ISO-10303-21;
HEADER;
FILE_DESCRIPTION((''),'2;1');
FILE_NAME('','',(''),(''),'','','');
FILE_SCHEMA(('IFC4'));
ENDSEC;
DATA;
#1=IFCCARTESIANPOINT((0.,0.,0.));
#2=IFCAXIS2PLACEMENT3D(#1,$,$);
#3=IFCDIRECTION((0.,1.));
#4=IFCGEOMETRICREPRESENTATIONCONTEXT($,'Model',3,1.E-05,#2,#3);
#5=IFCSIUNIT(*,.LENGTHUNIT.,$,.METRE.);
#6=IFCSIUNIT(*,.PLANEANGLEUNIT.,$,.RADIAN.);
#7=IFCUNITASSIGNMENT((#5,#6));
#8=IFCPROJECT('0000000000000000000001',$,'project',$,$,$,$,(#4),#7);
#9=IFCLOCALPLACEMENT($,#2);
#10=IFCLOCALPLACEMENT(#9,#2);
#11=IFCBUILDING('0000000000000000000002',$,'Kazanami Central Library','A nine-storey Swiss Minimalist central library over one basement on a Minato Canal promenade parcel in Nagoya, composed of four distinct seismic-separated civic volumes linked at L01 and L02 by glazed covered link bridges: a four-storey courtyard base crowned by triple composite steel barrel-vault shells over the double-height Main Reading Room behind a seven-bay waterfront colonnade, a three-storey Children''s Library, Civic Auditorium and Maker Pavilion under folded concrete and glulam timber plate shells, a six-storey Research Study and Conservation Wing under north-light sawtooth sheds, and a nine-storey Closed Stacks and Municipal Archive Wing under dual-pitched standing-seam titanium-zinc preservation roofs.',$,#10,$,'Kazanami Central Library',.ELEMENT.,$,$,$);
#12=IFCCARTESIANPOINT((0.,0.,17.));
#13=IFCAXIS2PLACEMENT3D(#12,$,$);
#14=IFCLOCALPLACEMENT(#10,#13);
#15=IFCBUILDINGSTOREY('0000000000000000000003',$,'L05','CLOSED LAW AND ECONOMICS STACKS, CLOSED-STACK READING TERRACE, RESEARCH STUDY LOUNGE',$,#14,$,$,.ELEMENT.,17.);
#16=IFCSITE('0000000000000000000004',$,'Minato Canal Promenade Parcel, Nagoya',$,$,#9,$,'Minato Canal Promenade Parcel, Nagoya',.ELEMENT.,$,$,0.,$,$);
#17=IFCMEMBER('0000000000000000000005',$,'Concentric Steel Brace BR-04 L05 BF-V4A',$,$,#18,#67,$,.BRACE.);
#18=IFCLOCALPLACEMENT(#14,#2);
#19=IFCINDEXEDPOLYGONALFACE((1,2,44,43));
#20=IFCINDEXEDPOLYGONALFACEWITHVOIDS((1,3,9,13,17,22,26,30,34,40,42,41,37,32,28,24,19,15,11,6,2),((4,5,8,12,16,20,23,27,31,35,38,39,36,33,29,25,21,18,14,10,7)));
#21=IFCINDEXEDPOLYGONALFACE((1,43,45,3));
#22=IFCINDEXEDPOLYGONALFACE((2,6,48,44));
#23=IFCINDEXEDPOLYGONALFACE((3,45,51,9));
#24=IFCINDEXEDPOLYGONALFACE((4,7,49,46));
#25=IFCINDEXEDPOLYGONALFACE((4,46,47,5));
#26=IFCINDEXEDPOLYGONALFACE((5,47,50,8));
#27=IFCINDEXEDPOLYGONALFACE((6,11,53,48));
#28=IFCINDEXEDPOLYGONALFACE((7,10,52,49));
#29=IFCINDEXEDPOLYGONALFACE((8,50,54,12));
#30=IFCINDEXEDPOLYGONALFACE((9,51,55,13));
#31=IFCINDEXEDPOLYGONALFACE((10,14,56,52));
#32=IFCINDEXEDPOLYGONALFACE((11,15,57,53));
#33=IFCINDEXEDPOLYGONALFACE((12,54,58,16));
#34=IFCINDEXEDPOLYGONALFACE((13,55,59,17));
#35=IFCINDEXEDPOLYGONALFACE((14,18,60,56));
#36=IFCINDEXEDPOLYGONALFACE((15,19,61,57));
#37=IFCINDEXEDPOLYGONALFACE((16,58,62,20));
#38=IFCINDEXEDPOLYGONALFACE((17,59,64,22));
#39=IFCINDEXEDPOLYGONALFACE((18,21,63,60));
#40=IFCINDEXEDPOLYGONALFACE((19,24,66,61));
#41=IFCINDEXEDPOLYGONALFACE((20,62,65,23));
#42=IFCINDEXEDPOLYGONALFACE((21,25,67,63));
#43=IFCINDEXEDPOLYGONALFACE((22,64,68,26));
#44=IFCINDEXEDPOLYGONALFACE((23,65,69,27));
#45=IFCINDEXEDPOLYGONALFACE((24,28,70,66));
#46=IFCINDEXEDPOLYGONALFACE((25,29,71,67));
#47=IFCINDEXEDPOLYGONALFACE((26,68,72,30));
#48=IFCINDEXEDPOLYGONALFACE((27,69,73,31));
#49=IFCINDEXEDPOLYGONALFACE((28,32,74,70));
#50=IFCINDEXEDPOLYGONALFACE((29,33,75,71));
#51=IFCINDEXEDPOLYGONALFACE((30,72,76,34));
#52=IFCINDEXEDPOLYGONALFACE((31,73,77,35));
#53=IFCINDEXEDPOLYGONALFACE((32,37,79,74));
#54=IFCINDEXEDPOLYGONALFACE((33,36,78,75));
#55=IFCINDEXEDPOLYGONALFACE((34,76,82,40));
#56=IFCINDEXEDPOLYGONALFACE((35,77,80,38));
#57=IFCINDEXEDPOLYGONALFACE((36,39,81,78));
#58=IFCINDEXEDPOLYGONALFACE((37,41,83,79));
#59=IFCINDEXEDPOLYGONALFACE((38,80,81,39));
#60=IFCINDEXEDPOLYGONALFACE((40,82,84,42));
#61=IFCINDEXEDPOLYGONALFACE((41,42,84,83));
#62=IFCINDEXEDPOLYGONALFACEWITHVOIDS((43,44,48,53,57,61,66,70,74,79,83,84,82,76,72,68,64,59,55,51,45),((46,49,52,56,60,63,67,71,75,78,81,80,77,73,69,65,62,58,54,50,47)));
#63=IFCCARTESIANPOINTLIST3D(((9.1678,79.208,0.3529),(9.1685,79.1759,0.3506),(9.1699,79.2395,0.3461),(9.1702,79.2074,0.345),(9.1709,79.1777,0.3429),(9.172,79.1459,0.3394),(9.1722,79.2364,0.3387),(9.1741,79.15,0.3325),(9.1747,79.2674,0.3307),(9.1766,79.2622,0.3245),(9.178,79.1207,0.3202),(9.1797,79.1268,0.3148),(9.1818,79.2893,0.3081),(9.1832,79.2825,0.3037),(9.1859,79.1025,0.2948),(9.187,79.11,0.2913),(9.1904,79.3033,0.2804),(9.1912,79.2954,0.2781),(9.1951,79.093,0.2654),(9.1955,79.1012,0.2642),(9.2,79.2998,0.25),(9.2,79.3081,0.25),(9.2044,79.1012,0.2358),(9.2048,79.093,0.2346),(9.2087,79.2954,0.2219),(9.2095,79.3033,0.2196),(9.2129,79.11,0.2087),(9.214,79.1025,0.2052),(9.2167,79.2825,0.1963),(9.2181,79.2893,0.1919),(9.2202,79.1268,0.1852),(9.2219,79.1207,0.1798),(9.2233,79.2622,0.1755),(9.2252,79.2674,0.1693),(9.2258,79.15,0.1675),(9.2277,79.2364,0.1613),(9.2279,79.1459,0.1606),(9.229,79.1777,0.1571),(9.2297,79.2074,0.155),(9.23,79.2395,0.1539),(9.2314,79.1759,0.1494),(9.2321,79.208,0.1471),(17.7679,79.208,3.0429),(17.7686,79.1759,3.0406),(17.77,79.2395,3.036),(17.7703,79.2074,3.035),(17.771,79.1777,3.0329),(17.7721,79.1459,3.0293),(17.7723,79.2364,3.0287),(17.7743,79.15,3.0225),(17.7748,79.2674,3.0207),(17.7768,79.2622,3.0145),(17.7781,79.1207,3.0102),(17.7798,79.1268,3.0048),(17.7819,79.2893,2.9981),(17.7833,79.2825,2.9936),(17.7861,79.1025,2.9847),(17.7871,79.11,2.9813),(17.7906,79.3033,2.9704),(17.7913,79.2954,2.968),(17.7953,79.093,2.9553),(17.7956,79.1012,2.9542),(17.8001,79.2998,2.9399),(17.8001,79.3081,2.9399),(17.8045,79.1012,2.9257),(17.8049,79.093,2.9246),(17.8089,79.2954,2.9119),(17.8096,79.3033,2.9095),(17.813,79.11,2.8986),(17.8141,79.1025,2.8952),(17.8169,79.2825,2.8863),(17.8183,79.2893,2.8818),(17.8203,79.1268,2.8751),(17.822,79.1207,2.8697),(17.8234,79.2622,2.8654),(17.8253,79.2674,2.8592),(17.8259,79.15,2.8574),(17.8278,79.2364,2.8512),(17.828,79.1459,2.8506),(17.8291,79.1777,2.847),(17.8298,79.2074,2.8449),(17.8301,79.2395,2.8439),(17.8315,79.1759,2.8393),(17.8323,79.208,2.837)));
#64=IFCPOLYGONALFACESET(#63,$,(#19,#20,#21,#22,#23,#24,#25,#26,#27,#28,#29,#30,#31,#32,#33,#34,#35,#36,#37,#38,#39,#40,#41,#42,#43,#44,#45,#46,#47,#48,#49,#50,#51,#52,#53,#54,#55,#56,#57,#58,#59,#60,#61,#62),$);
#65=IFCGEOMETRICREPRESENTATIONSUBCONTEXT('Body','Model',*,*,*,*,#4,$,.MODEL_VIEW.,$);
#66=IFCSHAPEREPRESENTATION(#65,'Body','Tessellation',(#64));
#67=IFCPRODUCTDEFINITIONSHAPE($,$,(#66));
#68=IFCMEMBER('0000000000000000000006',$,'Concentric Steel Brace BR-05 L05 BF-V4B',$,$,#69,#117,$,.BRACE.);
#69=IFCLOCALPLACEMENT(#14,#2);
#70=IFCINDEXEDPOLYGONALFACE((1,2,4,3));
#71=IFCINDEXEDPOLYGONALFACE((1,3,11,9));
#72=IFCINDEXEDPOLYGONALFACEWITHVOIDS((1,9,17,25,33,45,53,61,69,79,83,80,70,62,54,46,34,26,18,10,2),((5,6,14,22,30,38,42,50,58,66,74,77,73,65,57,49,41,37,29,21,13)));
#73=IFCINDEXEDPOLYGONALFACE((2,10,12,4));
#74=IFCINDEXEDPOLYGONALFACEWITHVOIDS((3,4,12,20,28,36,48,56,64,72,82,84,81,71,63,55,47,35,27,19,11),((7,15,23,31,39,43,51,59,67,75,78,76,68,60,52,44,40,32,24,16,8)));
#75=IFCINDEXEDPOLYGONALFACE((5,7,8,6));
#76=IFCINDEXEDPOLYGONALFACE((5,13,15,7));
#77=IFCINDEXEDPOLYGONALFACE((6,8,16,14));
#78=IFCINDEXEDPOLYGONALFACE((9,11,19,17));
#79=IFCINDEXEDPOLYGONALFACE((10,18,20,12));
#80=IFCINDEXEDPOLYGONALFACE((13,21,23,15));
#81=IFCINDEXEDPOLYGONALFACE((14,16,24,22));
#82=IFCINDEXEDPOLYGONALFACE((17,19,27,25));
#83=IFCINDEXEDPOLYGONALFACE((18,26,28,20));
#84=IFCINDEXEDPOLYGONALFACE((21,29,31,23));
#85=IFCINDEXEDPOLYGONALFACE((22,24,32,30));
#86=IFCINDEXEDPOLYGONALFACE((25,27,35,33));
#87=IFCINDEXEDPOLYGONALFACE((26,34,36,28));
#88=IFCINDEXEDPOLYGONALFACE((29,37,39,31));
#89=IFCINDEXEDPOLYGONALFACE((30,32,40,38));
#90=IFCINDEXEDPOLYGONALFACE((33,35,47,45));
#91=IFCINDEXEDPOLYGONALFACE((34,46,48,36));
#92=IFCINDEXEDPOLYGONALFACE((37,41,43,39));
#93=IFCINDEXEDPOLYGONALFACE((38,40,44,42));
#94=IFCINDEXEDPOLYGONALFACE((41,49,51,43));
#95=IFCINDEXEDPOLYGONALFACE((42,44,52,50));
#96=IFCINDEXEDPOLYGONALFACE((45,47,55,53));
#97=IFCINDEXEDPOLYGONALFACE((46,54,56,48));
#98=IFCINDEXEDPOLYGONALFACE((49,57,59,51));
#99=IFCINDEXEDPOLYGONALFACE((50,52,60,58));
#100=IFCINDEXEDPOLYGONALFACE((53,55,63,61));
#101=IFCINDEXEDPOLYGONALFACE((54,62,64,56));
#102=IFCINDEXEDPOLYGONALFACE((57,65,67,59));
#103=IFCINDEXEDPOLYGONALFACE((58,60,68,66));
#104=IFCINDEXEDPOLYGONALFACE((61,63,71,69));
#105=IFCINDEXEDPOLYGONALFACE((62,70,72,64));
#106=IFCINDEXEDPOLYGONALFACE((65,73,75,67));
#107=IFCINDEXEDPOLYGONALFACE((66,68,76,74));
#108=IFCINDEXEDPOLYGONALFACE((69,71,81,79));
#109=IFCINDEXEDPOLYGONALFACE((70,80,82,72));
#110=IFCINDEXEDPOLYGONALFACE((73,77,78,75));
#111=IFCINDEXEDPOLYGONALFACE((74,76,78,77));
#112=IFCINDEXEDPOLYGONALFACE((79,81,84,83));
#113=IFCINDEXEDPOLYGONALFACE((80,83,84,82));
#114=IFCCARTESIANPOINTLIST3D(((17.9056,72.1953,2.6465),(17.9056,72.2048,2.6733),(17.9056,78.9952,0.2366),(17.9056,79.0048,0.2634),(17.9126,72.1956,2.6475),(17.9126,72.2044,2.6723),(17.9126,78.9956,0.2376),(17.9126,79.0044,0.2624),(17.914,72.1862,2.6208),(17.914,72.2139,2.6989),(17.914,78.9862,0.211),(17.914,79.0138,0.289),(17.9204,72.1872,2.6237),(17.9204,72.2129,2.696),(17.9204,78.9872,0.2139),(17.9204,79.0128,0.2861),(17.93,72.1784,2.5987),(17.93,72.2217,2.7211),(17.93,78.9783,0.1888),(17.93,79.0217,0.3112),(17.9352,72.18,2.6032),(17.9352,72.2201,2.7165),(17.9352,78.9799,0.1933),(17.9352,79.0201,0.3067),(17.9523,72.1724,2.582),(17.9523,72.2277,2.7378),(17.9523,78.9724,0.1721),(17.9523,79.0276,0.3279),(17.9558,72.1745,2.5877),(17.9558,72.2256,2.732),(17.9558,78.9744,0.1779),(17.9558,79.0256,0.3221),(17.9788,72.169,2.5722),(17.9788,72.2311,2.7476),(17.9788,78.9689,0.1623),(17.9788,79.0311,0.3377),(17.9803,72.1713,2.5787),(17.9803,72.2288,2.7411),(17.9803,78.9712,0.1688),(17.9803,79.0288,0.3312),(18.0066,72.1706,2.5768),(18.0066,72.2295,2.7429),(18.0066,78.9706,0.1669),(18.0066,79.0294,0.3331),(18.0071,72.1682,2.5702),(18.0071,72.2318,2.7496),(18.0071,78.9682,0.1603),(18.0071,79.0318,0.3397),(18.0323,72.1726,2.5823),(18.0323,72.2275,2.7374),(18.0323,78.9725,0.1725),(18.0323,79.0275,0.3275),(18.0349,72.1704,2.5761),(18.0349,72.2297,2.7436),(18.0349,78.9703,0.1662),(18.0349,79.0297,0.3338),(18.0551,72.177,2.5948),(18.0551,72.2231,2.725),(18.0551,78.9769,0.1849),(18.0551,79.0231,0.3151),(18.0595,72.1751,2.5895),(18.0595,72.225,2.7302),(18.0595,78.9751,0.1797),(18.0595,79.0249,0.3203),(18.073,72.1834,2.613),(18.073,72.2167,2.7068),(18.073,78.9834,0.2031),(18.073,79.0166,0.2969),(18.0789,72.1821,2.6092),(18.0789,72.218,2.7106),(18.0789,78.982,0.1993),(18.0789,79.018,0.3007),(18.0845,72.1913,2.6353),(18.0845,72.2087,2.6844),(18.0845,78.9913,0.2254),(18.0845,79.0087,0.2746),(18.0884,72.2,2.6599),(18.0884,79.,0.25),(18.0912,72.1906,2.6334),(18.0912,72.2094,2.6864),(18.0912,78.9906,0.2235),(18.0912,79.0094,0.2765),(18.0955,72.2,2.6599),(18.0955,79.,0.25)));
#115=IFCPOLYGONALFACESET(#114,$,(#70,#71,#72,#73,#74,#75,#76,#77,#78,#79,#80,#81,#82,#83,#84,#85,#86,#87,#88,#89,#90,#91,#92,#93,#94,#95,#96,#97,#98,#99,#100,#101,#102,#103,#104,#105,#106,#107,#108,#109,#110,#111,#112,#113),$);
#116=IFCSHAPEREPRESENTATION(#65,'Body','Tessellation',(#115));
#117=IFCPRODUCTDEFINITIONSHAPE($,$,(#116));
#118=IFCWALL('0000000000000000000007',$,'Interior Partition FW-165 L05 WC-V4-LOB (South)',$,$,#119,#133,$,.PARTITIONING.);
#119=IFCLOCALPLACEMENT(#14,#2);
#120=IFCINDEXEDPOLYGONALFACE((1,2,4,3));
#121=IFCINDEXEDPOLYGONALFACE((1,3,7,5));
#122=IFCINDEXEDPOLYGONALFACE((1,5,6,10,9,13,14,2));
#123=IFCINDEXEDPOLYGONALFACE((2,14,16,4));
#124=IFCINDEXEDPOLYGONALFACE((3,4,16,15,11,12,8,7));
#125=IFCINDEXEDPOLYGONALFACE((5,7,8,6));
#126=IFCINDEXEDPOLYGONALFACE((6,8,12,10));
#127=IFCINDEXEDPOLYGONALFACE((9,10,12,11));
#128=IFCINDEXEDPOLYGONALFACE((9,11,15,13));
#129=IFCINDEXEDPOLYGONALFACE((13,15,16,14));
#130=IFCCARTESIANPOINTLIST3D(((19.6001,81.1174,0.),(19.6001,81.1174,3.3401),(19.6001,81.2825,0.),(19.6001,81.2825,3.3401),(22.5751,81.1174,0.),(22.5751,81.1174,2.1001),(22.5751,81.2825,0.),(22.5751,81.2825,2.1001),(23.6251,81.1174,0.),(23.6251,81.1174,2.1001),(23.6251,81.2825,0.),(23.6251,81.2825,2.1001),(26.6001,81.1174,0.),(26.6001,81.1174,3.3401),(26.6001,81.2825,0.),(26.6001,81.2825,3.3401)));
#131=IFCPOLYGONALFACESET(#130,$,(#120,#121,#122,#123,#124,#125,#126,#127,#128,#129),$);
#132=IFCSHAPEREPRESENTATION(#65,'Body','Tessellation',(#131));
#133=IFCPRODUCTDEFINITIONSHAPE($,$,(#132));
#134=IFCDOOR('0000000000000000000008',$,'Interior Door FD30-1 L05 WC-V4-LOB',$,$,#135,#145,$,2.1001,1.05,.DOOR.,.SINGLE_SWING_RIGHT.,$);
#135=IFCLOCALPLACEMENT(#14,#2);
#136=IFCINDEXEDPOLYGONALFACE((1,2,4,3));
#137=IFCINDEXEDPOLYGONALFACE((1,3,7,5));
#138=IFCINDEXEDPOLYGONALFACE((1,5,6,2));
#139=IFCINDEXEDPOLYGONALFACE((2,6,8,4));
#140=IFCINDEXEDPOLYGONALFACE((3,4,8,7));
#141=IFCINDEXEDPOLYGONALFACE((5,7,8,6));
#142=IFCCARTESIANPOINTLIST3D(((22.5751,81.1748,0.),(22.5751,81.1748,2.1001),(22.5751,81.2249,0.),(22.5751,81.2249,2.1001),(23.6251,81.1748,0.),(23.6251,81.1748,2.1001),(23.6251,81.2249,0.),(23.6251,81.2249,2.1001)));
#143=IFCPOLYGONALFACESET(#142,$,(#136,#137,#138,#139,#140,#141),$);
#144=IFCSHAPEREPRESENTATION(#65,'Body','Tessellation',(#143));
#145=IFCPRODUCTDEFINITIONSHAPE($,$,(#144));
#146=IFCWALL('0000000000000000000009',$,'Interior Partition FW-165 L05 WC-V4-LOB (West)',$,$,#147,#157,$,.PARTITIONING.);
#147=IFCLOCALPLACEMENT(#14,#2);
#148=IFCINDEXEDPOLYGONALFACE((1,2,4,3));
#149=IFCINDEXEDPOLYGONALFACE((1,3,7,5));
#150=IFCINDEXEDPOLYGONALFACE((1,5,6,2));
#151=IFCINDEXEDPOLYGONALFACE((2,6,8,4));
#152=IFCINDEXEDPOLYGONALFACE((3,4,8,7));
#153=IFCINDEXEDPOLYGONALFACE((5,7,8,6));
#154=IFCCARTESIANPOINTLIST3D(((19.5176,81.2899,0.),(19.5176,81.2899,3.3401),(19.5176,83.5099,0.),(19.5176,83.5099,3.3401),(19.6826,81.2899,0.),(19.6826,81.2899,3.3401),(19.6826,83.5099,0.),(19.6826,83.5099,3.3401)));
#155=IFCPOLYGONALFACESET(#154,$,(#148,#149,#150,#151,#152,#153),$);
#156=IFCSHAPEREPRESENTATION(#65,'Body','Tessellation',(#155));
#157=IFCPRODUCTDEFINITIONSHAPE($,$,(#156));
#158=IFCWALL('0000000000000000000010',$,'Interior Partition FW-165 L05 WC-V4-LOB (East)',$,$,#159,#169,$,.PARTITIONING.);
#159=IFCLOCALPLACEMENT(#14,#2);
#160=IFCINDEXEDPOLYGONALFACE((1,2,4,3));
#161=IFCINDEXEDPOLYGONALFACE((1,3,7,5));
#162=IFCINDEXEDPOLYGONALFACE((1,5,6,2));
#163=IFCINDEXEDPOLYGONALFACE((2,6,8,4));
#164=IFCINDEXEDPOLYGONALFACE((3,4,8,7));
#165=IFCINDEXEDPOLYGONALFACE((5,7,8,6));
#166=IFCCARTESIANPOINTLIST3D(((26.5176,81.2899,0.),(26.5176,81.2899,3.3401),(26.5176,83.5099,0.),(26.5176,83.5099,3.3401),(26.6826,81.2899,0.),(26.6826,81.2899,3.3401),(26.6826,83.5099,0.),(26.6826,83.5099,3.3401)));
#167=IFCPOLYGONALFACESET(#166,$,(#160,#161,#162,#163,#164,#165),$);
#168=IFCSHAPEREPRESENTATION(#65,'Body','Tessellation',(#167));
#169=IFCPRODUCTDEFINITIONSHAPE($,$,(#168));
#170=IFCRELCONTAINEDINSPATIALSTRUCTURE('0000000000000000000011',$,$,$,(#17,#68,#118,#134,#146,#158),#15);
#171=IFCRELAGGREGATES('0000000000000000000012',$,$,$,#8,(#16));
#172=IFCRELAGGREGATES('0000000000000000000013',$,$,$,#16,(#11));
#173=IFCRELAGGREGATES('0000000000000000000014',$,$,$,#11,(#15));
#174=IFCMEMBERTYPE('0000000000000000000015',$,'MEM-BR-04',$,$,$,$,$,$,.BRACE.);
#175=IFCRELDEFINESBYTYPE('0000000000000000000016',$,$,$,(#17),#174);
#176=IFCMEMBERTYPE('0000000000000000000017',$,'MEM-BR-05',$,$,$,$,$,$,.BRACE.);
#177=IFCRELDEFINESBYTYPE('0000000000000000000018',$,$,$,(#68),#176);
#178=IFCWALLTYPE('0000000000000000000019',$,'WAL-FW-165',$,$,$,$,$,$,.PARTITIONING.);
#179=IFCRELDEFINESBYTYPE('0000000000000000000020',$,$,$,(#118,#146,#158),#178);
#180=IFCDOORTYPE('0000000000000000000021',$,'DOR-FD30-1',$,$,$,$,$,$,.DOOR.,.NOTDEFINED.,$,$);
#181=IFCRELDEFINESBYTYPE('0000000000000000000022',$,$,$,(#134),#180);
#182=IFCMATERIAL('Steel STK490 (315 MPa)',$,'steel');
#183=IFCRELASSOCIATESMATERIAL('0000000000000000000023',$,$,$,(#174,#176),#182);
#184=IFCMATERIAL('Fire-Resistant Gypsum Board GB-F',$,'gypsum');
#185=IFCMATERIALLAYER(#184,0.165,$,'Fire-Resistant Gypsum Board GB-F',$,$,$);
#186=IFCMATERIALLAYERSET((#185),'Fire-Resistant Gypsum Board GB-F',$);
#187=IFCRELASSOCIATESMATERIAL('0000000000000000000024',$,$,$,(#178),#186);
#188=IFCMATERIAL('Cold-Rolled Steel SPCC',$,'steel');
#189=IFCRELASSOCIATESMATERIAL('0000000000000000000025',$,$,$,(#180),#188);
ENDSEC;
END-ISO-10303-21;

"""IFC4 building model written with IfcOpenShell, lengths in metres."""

from ifc_helpers import new_model, si_unit, direction, frame, frame_2d, origin, origin_2d, place, context, subcontext, project, spatial, rectangle, hollow_circle, extrude, material, layer, layer_set, material_profile, profile_set, type_object, element, fill, save


model = new_model("IFC4")

# Units and contexts
model_context = context("Model", 3, precision=1e-05, world=origin(), true_north=direction((0.0, 1.0)))
body_context = subcontext(model_context, "Body", "Model", "MODEL_VIEW")
ifc_project = project(units=[si_unit("LENGTHUNIT", "METRE"), si_unit("PLANEANGLEUNIT", "RADIAN")], contexts=[model_context])

# Site, building, storey
site_placement = place(None, origin())
site = spatial("IfcSite", under=ifc_project, at=site_placement, Name="Minato Canal Promenade Parcel, Nagoya", LongName="Minato Canal Promenade Parcel, Nagoya", CompositionType="ELEMENT", RefElevation=0.0)
building_placement = place(site_placement, origin())
building = spatial("IfcBuilding", under=site, at=building_placement, Name="Kazanami Central Library", Description="A nine-storey Swiss Minimalist central library over one basement on a Minato Canal promenade parcel in Nagoya, composed of four distinct seismic-separated civic volumes linked at L01 and L02 by glazed covered link bridges: a four-storey courtyard base crowned by triple composite steel barrel-vault shells over the double-height Main Reading Room behind a seven-bay waterfront colonnade, a three-storey Children's Library, Civic Auditorium and Maker Pavilion under folded concrete and glulam timber plate shells, a six-storey Research Study and Conservation Wing under north-light sawtooth sheds, and a nine-storey Closed Stacks and Municipal Archive Wing under dual-pitched standing-seam titanium-zinc preservation roofs.", LongName="Kazanami Central Library", CompositionType="ELEMENT")
storey_placement = place(building_placement, frame((0.0, 0.0, 17.0)))
storey = spatial("IfcBuildingStorey", under=building, at=storey_placement, Name="L05", Description="CLOSED LAW AND ECONOMICS STACKS, CLOSED-STACK READING TERRACE, RESEARCH STUDY LOUNGE", CompositionType="ELEMENT", Elevation=17.0)

# Members
ifc_material_1 = material(Name="Steel STK490 (315 MPa)", Category="steel")
ifc_material_profile_1 = material_profile(ifc_material_1, hollow_circle(Radius=0.1082, WallThickness=0.0083, at=origin_2d()), Name="CHS-216.3x8.2")
ifc_profile_set_1 = profile_set([ifc_material_profile_1], Name="Steel STK490 (315 MPa)")
member_type_1 = type_object("IfcMemberType", Name="MEM-BR-04", PredefinedType="BRACE", material=ifc_profile_set_1)
member_1_placement = place(storey_placement, frame((9.2, 79.2, 0.25), z_axis=(0.954404, 0.0, 0.298519), x_axis=(0.0, 1.0, 0.0)))
element("IfcMember", 1, at=member_1_placement, inside=storey, type_object=member_type_1, Name="Concentric Steel Brace BR-04 L05 BF-V4A", PredefinedType="BRACE", context=body_context, shape_type="SweptSolid", body=[
    extrude(hollow_circle(Radius=0.1082, WallThickness=0.0083, at=origin_2d()), origin(), (0.0, 0.0, 1.0), 9.011),
])
ifc_material_profile_2 = material_profile(ifc_material_1, hollow_circle(Radius=0.0955, WallThickness=0.0071, at=origin_2d()), Name="CHS-190.7x7.0")
ifc_profile_set_2 = profile_set([ifc_material_profile_2], Name="Steel STK490 (315 MPa)")
member_type_2 = type_object("IfcMemberType", Name="MEM-BR-05", PredefinedType="BRACE", material=ifc_profile_set_2)
member_2_placement = place(storey_placement, frame((18.0, 79.0, 0.25), z_axis=(0.0, -0.942559, 0.334039), x_axis=(1.0, 0.0, 0.0)))
element("IfcMember", 2, at=member_2_placement, inside=storey, type_object=member_type_2, Name="Concentric Steel Brace BR-05 L05 BF-V4B", PredefinedType="BRACE", context=body_context, shape_type="SweptSolid", body=[
    extrude(hollow_circle(Radius=0.0955, WallThickness=0.0071, at=origin_2d()), origin(), (0.0, 0.0, 1.0), 7.2144),
])

# Wall, opening, door
ifc_material_2 = material(Name="Fire-Resistant Gypsum Board GB-F", Category="gypsum")
ifc_layer_1 = layer(ifc_material_2, 0.165, Name="Fire-Resistant Gypsum Board GB-F")
ifc_layer_set_1 = layer_set([ifc_layer_1], Name="Fire-Resistant Gypsum Board GB-F")
wall_type_1 = type_object("IfcWallType", Name="WAL-FW-165", PredefinedType="PARTITIONING", material=ifc_layer_set_1)
wall_1_placement = place(storey_placement, frame((19.6001, 81.2, 0.0), z_axis=(0.0, 0.0, 1.0), x_axis=(1.0, 0.0, 0.0)))
wall_1 = element("IfcWall", 3, at=wall_1_placement, inside=storey, type_object=wall_type_1, Name="Interior Partition FW-165 L05 WC-V4-LOB (South)", PredefinedType="PARTITIONING", context=body_context, shape_type="SweptSolid", body=[
    extrude(rectangle(XDim=7.0, YDim=0.165, at=frame_2d((3.5, 0.0))), origin(), (0.0, 0.0, 1.0), 3.3401),
])
opening_1_placement = place(wall_1_placement, frame((2.9751, 0.0, 0.0)))
opening_1 = element("IfcOpeningElement", 4, at=opening_1_placement, cuts=wall_1, PredefinedType="OPENING", context=body_context, shape_type="SweptSolid", body=[
    extrude(rectangle(XDim=1.05, YDim=2.1001, at=frame_2d((0.5249, 1.05))), frame((0.0, 0.0945, 0.0), z_axis=(0.0, -1.0, 0.0), x_axis=(1.0, 0.0, 0.0)), (0.0, 0.0, 1.0), 0.189),
])
ifc_material_3 = material(Name="Cold-Rolled Steel SPCC", Category="steel")
door_type_1 = type_object("IfcDoorType", Name="DOR-FD30-1", OperationType="NOTDEFINED", PredefinedType="DOOR", material=ifc_material_3)
door_1_placement = place(opening_1_placement, origin())
door_1 = element("IfcDoor", 5, at=door_1_placement, inside=storey, type_object=door_type_1, Name="Interior Door FD30-1 L05 WC-V4-LOB", OperationType="SINGLE_SWING_RIGHT", OverallHeight=2.1001, OverallWidth=1.05, PredefinedType="DOOR", context=body_context, shape_type="SweptSolid", body=[
    extrude(rectangle(XDim=1.05, YDim=2.1001, at=frame_2d((0.5249, 1.05))), frame((0.0, 0.0249, 0.0), z_axis=(0.0, -1.0, 0.0), x_axis=(1.0, 0.0, 0.0)), (0.0, 0.0, 1.0), 0.05),
])
fill(opening_1, door_1)

# Walls
for number, where, z_axis, x_axis, name in (
    (6, (19.6001, 81.29, 0.0), (0.0, 0.0, 1.0), (0.0, 1.0, 0.0), "Interior Partition FW-165 L05 WC-V4-LOB (West)"),
    (7, (26.6001, 81.29, 0.0), (0.0, 0.0, 1.0), (0.0, 1.0, 0.0), "Interior Partition FW-165 L05 WC-V4-LOB (East)"),
):
    element("IfcWall", number, at=place(storey_placement, frame(where, z_axis=z_axis, x_axis=x_axis)), inside=storey, type_object=wall_type_1, Name=name, PredefinedType="PARTITIONING", context=body_context, shape_type="SweptSolid", body=[
        extrude(rectangle(XDim=2.22, YDim=0.165, at=frame_2d((1.1099, 0.0))), origin(), (0.0, 0.0, 1.0), 3.3401),
    ])

save(model, "model.ifc")
